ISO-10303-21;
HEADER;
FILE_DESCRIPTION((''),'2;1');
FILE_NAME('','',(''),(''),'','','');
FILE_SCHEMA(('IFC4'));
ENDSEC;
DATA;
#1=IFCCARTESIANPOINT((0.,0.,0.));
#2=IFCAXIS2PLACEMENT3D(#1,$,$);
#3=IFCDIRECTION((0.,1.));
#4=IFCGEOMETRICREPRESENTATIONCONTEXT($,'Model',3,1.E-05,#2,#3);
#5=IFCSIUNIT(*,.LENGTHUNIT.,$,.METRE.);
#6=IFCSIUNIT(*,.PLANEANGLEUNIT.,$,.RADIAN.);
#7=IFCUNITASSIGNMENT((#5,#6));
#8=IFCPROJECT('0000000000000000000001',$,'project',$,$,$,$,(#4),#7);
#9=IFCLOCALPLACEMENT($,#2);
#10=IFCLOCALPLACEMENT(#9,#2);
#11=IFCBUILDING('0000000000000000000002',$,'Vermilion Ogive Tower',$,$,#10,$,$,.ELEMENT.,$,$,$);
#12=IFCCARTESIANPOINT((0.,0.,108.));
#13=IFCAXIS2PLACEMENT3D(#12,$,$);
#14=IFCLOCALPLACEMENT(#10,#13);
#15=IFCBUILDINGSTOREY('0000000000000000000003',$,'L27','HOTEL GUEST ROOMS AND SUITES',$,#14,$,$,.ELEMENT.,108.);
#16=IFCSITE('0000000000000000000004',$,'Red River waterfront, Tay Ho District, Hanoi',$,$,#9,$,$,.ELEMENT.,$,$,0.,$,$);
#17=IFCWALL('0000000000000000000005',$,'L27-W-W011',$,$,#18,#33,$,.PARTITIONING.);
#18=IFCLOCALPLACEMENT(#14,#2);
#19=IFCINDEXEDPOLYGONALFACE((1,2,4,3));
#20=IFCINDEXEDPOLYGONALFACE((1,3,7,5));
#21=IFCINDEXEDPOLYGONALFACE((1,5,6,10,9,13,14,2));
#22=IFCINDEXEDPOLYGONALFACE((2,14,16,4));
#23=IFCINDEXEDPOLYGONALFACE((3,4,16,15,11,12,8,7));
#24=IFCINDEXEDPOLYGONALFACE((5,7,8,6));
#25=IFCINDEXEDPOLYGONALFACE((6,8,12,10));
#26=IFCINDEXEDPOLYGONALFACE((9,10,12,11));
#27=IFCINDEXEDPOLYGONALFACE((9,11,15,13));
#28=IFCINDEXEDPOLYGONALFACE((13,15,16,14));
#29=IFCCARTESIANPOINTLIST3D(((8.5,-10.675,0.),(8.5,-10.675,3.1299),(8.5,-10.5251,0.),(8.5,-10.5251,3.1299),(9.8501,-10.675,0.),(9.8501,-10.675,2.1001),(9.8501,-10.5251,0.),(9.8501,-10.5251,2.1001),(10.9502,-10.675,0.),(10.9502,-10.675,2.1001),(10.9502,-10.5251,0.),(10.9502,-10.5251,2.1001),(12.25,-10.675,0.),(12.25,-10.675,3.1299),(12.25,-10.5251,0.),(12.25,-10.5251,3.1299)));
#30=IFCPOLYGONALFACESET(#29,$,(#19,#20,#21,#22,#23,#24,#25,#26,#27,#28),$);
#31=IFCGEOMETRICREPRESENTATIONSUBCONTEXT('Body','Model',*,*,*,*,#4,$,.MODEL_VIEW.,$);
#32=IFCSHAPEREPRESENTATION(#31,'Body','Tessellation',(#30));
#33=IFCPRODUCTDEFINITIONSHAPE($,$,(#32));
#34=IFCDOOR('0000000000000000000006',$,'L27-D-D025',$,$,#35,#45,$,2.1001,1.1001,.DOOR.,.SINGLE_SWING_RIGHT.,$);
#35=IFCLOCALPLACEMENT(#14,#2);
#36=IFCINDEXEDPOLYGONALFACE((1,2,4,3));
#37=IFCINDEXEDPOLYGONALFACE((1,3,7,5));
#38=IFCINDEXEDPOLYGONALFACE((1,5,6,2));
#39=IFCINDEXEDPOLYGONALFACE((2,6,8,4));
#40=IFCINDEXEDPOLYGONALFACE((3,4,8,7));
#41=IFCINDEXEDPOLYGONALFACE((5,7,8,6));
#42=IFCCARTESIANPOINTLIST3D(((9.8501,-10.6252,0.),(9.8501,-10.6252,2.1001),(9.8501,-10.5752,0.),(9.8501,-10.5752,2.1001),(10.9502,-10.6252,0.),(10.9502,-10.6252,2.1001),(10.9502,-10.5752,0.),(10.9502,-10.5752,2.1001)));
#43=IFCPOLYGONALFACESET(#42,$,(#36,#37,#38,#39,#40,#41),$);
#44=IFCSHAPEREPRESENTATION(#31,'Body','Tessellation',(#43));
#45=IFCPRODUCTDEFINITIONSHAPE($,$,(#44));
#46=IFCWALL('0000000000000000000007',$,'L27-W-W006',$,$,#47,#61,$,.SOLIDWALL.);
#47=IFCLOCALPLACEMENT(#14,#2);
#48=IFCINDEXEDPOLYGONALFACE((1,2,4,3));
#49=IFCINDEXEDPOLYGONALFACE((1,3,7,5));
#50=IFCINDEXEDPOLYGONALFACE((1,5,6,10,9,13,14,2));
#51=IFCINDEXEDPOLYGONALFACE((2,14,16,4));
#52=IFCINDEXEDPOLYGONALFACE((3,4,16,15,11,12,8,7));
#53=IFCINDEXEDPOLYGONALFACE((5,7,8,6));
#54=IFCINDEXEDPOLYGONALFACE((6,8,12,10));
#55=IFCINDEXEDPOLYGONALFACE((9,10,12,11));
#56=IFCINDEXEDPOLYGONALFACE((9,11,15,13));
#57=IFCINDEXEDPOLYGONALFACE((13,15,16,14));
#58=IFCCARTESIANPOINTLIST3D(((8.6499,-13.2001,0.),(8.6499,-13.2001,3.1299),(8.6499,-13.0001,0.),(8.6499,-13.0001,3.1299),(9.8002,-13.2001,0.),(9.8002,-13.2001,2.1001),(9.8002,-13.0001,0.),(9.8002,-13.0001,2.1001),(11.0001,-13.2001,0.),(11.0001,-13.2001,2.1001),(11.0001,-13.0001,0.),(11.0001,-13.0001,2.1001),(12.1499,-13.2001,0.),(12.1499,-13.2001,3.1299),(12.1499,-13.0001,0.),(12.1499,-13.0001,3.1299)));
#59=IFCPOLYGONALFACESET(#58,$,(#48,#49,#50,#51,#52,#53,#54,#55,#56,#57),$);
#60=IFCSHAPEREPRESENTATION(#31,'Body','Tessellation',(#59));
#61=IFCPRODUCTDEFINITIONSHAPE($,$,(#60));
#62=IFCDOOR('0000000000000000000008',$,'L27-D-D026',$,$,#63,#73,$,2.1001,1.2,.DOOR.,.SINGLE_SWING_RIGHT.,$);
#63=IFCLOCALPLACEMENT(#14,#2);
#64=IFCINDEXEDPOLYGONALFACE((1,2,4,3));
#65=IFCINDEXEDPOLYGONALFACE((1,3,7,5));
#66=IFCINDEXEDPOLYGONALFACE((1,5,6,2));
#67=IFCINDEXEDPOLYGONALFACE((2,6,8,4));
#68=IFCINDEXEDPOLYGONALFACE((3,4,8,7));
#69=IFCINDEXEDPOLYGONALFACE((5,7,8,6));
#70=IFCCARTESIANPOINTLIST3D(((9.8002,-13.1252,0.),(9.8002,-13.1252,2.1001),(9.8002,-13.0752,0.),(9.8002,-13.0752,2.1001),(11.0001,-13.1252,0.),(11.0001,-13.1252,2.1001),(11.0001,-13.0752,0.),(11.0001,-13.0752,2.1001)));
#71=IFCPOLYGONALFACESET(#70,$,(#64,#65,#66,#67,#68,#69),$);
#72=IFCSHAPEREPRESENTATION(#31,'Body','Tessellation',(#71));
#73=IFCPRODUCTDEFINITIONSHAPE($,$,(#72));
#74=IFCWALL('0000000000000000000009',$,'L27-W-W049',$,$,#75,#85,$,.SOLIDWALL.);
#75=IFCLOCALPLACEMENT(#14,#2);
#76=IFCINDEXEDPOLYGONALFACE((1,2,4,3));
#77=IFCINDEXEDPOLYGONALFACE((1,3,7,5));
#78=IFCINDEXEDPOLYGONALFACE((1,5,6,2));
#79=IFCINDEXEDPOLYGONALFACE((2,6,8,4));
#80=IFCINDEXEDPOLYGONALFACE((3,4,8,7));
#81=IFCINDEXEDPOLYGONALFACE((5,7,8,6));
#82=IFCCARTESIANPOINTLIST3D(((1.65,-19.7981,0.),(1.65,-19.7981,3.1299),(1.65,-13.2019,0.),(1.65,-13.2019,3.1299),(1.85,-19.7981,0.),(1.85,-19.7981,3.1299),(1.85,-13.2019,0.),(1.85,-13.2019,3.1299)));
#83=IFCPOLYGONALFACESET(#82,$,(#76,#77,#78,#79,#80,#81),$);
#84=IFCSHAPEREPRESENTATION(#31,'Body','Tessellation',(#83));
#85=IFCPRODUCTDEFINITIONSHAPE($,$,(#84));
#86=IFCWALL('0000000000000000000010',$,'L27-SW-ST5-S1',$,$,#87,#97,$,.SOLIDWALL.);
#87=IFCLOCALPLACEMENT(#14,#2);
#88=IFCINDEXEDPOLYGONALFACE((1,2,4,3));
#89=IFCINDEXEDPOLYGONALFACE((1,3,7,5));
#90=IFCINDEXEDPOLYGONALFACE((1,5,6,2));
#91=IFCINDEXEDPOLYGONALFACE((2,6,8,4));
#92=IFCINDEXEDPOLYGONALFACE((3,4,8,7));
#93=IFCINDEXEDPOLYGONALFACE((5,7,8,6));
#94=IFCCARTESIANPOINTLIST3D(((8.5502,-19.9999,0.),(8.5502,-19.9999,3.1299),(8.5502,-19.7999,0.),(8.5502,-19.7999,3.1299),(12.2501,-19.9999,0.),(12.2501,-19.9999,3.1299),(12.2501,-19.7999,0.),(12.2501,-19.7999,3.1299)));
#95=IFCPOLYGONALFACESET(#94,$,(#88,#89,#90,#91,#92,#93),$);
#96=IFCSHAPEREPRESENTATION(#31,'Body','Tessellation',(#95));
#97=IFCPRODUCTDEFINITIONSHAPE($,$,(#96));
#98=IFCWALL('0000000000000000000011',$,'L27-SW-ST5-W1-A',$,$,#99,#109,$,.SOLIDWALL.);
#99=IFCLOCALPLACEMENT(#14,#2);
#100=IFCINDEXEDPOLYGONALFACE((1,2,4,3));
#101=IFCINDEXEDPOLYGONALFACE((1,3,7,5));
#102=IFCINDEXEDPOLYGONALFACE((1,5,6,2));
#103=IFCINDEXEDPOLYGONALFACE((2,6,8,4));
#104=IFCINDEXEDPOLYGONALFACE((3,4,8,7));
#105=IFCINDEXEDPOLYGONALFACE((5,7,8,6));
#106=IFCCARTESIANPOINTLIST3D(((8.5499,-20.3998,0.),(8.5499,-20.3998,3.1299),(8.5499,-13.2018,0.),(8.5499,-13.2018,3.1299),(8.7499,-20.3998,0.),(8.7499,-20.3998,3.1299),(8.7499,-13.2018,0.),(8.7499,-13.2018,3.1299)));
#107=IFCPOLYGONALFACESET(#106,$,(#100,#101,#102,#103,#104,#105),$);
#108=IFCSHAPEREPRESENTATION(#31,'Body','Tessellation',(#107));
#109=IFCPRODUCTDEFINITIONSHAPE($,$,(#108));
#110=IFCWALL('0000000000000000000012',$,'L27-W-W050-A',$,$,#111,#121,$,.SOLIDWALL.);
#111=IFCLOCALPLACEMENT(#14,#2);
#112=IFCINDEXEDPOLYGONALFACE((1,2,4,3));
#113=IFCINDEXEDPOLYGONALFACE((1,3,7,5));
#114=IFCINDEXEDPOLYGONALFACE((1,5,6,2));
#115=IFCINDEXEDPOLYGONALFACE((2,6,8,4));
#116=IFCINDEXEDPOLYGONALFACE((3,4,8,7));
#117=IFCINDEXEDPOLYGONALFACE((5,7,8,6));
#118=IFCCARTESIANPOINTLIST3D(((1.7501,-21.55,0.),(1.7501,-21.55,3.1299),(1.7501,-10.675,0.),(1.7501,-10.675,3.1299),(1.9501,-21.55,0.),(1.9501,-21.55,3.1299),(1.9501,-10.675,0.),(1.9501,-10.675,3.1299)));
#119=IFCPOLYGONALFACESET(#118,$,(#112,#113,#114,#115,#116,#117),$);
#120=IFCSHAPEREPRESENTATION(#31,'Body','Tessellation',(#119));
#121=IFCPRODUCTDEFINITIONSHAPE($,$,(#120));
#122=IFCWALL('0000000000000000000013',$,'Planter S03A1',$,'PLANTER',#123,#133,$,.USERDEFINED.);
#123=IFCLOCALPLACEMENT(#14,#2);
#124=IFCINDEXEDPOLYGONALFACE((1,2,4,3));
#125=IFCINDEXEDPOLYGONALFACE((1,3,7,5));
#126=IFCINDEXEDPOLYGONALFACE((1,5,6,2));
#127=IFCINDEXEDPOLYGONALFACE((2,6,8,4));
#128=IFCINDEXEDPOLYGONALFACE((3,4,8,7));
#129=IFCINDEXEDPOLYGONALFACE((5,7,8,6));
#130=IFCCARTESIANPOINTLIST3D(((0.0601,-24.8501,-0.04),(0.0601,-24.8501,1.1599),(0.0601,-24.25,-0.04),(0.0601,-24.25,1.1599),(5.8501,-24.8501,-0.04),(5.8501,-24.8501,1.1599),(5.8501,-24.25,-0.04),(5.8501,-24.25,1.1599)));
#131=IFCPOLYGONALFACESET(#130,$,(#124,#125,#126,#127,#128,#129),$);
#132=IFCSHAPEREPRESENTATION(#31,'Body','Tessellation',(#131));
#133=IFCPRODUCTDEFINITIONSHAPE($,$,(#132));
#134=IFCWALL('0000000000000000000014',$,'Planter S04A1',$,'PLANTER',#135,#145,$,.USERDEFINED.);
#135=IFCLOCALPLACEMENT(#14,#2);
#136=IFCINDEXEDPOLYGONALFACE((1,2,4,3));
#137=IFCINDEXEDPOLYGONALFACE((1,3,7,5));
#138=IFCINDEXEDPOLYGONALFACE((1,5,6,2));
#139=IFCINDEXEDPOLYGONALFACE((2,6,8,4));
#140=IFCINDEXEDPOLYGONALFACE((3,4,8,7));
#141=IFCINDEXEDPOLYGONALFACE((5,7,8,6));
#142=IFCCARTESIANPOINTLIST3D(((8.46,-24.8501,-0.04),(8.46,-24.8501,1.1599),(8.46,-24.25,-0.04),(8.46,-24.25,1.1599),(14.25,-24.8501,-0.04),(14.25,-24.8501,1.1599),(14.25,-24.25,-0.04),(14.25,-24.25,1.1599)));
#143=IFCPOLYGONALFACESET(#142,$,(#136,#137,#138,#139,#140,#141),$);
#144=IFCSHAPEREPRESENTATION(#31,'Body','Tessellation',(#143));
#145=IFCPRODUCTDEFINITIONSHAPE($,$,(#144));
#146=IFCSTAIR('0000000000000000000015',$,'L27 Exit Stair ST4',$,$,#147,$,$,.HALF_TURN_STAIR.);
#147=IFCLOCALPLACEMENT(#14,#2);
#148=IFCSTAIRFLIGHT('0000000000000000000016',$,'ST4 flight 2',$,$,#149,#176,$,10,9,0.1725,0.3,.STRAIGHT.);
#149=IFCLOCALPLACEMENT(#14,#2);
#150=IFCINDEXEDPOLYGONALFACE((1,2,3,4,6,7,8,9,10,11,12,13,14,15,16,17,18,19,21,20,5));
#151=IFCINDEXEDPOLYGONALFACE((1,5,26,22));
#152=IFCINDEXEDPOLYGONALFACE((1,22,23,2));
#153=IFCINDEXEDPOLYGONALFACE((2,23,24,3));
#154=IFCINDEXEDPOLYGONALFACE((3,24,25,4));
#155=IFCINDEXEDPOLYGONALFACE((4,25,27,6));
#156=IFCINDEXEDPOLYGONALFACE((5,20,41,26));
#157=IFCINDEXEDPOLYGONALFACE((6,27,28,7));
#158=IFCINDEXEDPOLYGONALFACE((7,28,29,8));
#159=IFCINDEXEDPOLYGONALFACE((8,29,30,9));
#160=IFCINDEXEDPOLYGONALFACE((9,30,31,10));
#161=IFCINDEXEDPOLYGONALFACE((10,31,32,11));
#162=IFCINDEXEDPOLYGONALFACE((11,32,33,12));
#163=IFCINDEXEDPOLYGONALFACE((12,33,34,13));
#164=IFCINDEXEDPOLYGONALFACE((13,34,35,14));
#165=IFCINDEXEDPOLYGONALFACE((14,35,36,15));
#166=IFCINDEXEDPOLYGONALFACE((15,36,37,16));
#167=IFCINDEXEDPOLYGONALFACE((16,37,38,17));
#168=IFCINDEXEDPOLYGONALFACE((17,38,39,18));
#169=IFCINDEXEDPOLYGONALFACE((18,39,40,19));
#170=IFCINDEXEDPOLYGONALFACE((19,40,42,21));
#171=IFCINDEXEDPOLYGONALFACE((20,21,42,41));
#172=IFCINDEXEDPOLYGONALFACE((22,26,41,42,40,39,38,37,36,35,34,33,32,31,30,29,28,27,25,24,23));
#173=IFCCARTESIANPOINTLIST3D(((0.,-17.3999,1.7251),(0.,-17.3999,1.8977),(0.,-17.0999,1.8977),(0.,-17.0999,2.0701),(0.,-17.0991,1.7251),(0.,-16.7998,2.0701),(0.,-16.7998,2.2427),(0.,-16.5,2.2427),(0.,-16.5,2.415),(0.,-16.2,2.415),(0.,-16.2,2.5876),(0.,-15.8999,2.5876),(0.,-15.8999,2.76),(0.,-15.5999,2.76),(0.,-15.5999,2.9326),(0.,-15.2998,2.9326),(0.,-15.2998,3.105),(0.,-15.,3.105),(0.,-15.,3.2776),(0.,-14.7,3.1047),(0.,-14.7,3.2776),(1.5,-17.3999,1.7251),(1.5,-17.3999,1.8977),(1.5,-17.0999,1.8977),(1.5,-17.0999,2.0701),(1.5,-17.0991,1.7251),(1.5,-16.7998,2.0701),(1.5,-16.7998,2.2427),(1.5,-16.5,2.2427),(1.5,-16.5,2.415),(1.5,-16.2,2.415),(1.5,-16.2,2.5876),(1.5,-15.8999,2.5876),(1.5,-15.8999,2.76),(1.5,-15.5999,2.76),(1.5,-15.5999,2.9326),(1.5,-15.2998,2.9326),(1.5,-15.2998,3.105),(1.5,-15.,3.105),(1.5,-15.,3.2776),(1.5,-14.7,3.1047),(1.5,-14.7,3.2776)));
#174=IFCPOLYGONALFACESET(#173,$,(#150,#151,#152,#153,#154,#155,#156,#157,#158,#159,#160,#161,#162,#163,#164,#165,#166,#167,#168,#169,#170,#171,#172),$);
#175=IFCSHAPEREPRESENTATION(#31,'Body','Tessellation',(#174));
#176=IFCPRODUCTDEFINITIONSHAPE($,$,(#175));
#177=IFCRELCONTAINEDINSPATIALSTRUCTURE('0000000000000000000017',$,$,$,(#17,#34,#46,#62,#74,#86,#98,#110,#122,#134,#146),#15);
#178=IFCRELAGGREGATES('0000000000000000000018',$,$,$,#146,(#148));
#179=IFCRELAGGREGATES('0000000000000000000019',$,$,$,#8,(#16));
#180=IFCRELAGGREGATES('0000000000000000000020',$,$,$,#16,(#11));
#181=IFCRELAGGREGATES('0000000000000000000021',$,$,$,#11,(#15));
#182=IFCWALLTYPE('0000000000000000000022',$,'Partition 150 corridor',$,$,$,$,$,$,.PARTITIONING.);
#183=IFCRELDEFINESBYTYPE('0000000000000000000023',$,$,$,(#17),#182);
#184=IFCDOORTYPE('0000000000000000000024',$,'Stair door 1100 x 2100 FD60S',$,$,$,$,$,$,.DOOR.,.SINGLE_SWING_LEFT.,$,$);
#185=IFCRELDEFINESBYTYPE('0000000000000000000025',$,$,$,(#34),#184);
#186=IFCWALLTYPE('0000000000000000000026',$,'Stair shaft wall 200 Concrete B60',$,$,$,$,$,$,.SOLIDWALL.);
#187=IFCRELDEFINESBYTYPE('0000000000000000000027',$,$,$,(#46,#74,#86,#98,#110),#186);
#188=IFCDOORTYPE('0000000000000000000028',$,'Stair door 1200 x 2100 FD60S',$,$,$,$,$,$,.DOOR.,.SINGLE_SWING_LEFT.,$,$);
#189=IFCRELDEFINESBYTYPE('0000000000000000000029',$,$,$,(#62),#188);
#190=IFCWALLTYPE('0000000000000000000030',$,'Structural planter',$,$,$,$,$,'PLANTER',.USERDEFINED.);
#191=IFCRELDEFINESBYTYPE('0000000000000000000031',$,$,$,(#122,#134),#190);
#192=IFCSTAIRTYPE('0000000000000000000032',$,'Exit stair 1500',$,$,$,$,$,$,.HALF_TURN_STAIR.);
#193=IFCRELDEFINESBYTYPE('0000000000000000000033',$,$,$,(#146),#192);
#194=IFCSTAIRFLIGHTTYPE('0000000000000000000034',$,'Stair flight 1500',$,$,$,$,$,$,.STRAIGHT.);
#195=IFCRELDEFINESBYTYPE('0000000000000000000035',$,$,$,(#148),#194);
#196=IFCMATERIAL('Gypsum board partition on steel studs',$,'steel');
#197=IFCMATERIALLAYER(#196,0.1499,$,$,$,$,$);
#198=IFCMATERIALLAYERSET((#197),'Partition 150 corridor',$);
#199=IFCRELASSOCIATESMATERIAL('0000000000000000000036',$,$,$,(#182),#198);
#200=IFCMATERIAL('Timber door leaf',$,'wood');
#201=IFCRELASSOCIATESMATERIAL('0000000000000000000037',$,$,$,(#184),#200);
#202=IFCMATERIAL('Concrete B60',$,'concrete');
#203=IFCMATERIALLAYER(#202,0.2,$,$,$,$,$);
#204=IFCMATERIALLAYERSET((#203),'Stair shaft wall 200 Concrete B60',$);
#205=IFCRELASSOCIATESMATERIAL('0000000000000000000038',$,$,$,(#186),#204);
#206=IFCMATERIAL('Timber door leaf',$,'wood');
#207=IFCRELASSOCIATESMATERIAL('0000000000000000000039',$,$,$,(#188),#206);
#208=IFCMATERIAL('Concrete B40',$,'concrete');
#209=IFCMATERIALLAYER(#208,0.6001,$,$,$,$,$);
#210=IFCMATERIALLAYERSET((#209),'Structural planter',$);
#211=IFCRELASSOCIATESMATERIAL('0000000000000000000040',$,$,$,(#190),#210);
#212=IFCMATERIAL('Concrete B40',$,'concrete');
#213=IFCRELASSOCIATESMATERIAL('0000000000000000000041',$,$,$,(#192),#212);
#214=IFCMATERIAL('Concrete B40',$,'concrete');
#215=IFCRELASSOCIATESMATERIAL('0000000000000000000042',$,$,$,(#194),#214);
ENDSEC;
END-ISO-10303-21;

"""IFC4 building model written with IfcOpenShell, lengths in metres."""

from ifc_helpers import new_model, si_unit, direction, frame, frame_2d, origin, place, context, subcontext, project, spatial, polyline, rectangle, outline, extrude, material, layer, layer_set, type_object, element, fill, aggregate, save


model = new_model("IFC4")

# Units and contexts
model_context = context("Model", 3, precision=1e-05, world=origin(), true_north=direction((0.0, 1.0)))
body_context = subcontext(model_context, "Body", "Model", "MODEL_VIEW")
ifc_project = project(units=[si_unit("LENGTHUNIT", "METRE"), si_unit("PLANEANGLEUNIT", "RADIAN")], contexts=[model_context])

# Site, building, storey
site_placement = place(None, origin())
site = spatial("IfcSite", under=ifc_project, at=site_placement, Name="Red River waterfront, Tay Ho District, Hanoi", CompositionType="ELEMENT", RefElevation=0.0)
building_placement = place(site_placement, origin())
building = spatial("IfcBuilding", under=site, at=building_placement, Name="Vermilion Ogive Tower", CompositionType="ELEMENT")
storey_placement = place(building_placement, frame((0.0, 0.0, 108.0)))
storey = spatial("IfcBuildingStorey", under=building, at=storey_placement, Name="L27", Description="HOTEL GUEST ROOMS AND SUITES", CompositionType="ELEMENT", Elevation=108.0)

# Walls, openings, doors
ifc_material_1 = material(Name="Gypsum board partition on steel studs", Category="steel")
ifc_layer_1 = layer(ifc_material_1, 0.1499)
ifc_layer_set_1 = layer_set([ifc_layer_1], Name="Partition 150 corridor")
wall_type_1 = type_object("IfcWallType", Name="Partition 150 corridor", PredefinedType="PARTITIONING", material=ifc_layer_set_1)
wall_1_placement = place(storey_placement, frame((8.5, -10.6001, 0.0), z_axis=(0.0, 0.0, 1.0), x_axis=(1.0, 0.0, 0.0)))
wall_1 = element("IfcWall", 1, at=wall_1_placement, inside=storey, type_object=wall_type_1, Name="L27-W-W011", PredefinedType="PARTITIONING", context=body_context, shape_type="SweptSolid", body=[
    extrude(rectangle(XDim=3.75, YDim=0.1499, at=frame_2d((1.875, 0.0))), origin(), (0.0, 0.0, 1.0), 3.1299),
])
opening_1_placement = place(wall_1_placement, frame((1.3501, 0.0, 0.0)))
opening_1 = element("IfcOpeningElement", 2, at=opening_1_placement, cuts=wall_1, PredefinedType="OPENING", context=body_context, shape_type="SweptSolid", body=[
    extrude(rectangle(XDim=1.1001, YDim=2.1001, at=frame_2d((0.55, 1.05))), frame((0.0, 0.085, 0.0), z_axis=(0.0, -1.0, 0.0), x_axis=(1.0, 0.0, 0.0)), (0.0, 0.0, 1.0), 0.1699),
])
ifc_material_2 = material(Name="Timber door leaf", Category="wood")
door_type_1 = type_object("IfcDoorType", Name="Stair door 1100 x 2100 FD60S", OperationType="SINGLE_SWING_LEFT", PredefinedType="DOOR", material=ifc_material_2)
door_1_placement = place(opening_1_placement, origin())
door_1 = element("IfcDoor", 3, at=door_1_placement, inside=storey, type_object=door_type_1, Name="L27-D-D025", OperationType="SINGLE_SWING_RIGHT", OverallHeight=2.1001, OverallWidth=1.1001, PredefinedType="DOOR", context=body_context, shape_type="SweptSolid", body=[
    extrude(rectangle(XDim=1.1001, YDim=2.1001, at=frame_2d((0.55, 1.05))), frame((0.0, 0.0249, 0.0), z_axis=(0.0, -1.0, 0.0), x_axis=(1.0, 0.0, 0.0)), (0.0, 0.0, 1.0), 0.05),
])
fill(opening_1, door_1)
ifc_material_3 = material(Name="Concrete B60", Category="concrete")
ifc_layer_2 = layer(ifc_material_3, 0.2)
ifc_layer_set_2 = layer_set([ifc_layer_2], Name="Stair shaft wall 200 Concrete B60")
wall_type_2 = type_object("IfcWallType", Name="Stair shaft wall 200 Concrete B60", PredefinedType="SOLIDWALL", material=ifc_layer_set_2)
wall_2_placement = place(storey_placement, frame((8.6499, -13.1001, 0.0), z_axis=(0.0, 0.0, 1.0), x_axis=(1.0, 0.0, 0.0)))
wall_2 = element("IfcWall", 4, at=wall_2_placement, inside=storey, type_object=wall_type_2, Name="L27-W-W006", PredefinedType="SOLIDWALL", context=body_context, shape_type="SweptSolid", body=[
    extrude(rectangle(XDim=3.5, YDim=0.2, at=frame_2d((1.75, 0.0))), origin(), (0.0, 0.0, 1.0), 3.1299),
])
opening_2_placement = place(wall_2_placement, frame((1.1501, 0.0, 0.0)))
opening_2 = element("IfcOpeningElement", 5, at=opening_2_placement, cuts=wall_2, PredefinedType="OPENING", context=body_context, shape_type="SweptSolid", body=[
    extrude(rectangle(XDim=1.2, YDim=2.1001, at=frame_2d((0.6001, 1.05))), frame((0.0, 0.1099, 0.0), z_axis=(0.0, -1.0, 0.0), x_axis=(1.0, 0.0, 0.0)), (0.0, 0.0, 1.0), 0.22),
])
ifc_material_4 = material(Name="Timber door leaf", Category="wood")
door_type_2 = type_object("IfcDoorType", Name="Stair door 1200 x 2100 FD60S", OperationType="SINGLE_SWING_LEFT", PredefinedType="DOOR", material=ifc_material_4)
door_2_placement = place(opening_2_placement, origin())
door_2 = element("IfcDoor", 6, at=door_2_placement, inside=storey, type_object=door_type_2, Name="L27-D-D026", OperationType="SINGLE_SWING_RIGHT", OverallHeight=2.1001, OverallWidth=1.2, PredefinedType="DOOR", context=body_context, shape_type="SweptSolid", body=[
    extrude(rectangle(XDim=1.2, YDim=2.1001, at=frame_2d((0.6001, 1.05))), frame((0.0, 0.0249, 0.0), z_axis=(0.0, -1.0, 0.0), x_axis=(1.0, 0.0, 0.0)), (0.0, 0.0, 1.0), 0.05),
])
fill(opening_2, door_2)

# Walls
wall_3_placement = place(storey_placement, frame((1.75, -19.7981, 0.0), z_axis=(0.0, 0.0, 1.0), x_axis=(0.0, 1.0, 0.0)))
element("IfcWall", 7, at=wall_3_placement, inside=storey, type_object=wall_type_2, Name="L27-W-W049", PredefinedType="SOLIDWALL", context=body_context, shape_type="SweptSolid", body=[
    extrude(rectangle(XDim=6.5962, YDim=0.2, at=frame_2d((3.2981, 0.0))), origin(), (0.0, 0.0, 1.0), 3.1299),
])
wall_4_placement = place(storey_placement, frame((8.55, -19.8999, 0.0), z_axis=(0.0, 0.0, 1.0), x_axis=(1.0, 0.0, 0.0)))
element("IfcWall", 8, at=wall_4_placement, inside=storey, type_object=wall_type_2, Name="L27-SW-ST5-S1", PredefinedType="SOLIDWALL", context=body_context, shape_type="SweptSolid", body=[
    extrude(rectangle(XDim=3.7, YDim=0.2, at=frame_2d((1.8501, 0.0))), origin(), (0.0, 0.0, 1.0), 3.1299),
])
wall_5_placement = place(storey_placement, frame((8.6499, -20.3999, 0.0), z_axis=(0.0, 0.0, 1.0), x_axis=(0.0, 1.0, 0.0)))
element("IfcWall", 9, at=wall_5_placement, inside=storey, type_object=wall_type_2, Name="L27-SW-ST5-W1-A", PredefinedType="SOLIDWALL", context=body_context, shape_type="SweptSolid", body=[
    extrude(rectangle(XDim=7.198, YDim=0.2, at=frame_2d((3.5991, 0.0))), origin(), (0.0, 0.0, 1.0), 3.1299),
])
wall_6_placement = place(storey_placement, frame((1.8501, -21.55, 0.0), z_axis=(0.0, 0.0, 1.0), x_axis=(0.0, 1.0, 0.0)))
element("IfcWall", 10, at=wall_6_placement, inside=storey, type_object=wall_type_2, Name="L27-W-W050-A", PredefinedType="SOLIDWALL", context=body_context, shape_type="SweptSolid", body=[
    extrude(rectangle(XDim=10.875, YDim=0.2, at=frame_2d((5.4375, 0.0))), origin(), (0.0, 0.0, 1.0), 3.1299),
])
ifc_material_5 = material(Name="Concrete B40", Category="concrete")
ifc_layer_3 = layer(ifc_material_5, 0.6001)
ifc_layer_set_3 = layer_set([ifc_layer_3], Name="Structural planter")
wall_type_3 = type_object("IfcWallType", Name="Structural planter", ElementType="PLANTER", PredefinedType="USERDEFINED", material=ifc_layer_set_3)
for number, where, z_axis, x_axis, name in (
    (11, (0.0601, -24.55, -0.04), (0.0, 0.0, 1.0), (1.0, 0.0, 0.0), "Planter S03A1"),
    (12, (8.46, -24.55, -0.04), (0.0, 0.0, 1.0), (1.0, 0.0, 0.0), "Planter S04A1"),
):
    element("IfcWall", number, at=place(storey_placement, frame(where, z_axis=z_axis, x_axis=x_axis)), inside=storey, type_object=wall_type_3, Name=name, ObjectType="PLANTER", PredefinedType="USERDEFINED", context=body_context, shape_type="SweptSolid", body=[
        extrude(rectangle(XDim=5.79, YDim=0.6001, at=frame_2d((2.895, 0.0))), origin(), (0.0, 0.0, 1.0), 1.2),
    ])

# Stair, stair flight
ifc_material_6 = material(Name="Concrete B40", Category="concrete")
stair_type = type_object("IfcStairType", Name="Exit stair 1500", PredefinedType="HALF_TURN_STAIR", material=ifc_material_6)
stair_placement = place(storey_placement, origin())
stair = element("IfcStair", 13, at=stair_placement, inside=storey, type_object=stair_type, Name="L27 Exit Stair ST4", PredefinedType="HALF_TURN_STAIR")
ifc_material_7 = material(Name="Concrete B40", Category="concrete")
stair_flight_type = type_object("IfcStairFlightType", Name="Stair flight 1500", PredefinedType="STRAIGHT", material=ifc_material_7)
stair_flight_placement = place(storey_placement, frame((0.75, -17.3999, 1.7251), z_axis=(0.0, 0.0, 1.0), x_axis=(0.0, 1.0, 0.0)))
stair_flight = element("IfcStairFlight", 14, at=stair_flight_placement, type_object=stair_flight_type, Name="ST4 flight 2", NumberOfRisers=10, NumberOfTreads=9, PredefinedType="STRAIGHT", RiserHeight=0.1725, TreadLength=0.3, context=body_context, shape_type="SweptSolid", body=[
    extrude(outline(polyline([(0.0, 0.0), (0.0, 0.1726), (0.3, 0.1726), (0.3, 0.345), (0.6001, 0.345), (0.6001, 0.5176), (0.8999, 0.5176), (0.8999, 0.6899), (1.2, 0.6899), (1.2, 0.8625), (1.5, 0.8625), (1.5, 1.0349), (1.8, 1.0349), (1.8, 1.2075), (2.1001, 1.2075), (2.1001, 1.3799), (2.3999, 1.3799), (2.3999, 1.5525), (2.7, 1.5525), (2.7, 1.7251), (2.7, 1.3796), (0.3008, 0.0), (0.0, 0.0)])), frame((0.0, 0.75, 0.0), z_axis=(0.0, -1.0, 0.0), x_axis=(1.0, 0.0, 0.0)), (0.0, 0.0, 1.0), 1.5),
])
aggregate(stair, [stair_flight])

save(model, "model.ifc")
